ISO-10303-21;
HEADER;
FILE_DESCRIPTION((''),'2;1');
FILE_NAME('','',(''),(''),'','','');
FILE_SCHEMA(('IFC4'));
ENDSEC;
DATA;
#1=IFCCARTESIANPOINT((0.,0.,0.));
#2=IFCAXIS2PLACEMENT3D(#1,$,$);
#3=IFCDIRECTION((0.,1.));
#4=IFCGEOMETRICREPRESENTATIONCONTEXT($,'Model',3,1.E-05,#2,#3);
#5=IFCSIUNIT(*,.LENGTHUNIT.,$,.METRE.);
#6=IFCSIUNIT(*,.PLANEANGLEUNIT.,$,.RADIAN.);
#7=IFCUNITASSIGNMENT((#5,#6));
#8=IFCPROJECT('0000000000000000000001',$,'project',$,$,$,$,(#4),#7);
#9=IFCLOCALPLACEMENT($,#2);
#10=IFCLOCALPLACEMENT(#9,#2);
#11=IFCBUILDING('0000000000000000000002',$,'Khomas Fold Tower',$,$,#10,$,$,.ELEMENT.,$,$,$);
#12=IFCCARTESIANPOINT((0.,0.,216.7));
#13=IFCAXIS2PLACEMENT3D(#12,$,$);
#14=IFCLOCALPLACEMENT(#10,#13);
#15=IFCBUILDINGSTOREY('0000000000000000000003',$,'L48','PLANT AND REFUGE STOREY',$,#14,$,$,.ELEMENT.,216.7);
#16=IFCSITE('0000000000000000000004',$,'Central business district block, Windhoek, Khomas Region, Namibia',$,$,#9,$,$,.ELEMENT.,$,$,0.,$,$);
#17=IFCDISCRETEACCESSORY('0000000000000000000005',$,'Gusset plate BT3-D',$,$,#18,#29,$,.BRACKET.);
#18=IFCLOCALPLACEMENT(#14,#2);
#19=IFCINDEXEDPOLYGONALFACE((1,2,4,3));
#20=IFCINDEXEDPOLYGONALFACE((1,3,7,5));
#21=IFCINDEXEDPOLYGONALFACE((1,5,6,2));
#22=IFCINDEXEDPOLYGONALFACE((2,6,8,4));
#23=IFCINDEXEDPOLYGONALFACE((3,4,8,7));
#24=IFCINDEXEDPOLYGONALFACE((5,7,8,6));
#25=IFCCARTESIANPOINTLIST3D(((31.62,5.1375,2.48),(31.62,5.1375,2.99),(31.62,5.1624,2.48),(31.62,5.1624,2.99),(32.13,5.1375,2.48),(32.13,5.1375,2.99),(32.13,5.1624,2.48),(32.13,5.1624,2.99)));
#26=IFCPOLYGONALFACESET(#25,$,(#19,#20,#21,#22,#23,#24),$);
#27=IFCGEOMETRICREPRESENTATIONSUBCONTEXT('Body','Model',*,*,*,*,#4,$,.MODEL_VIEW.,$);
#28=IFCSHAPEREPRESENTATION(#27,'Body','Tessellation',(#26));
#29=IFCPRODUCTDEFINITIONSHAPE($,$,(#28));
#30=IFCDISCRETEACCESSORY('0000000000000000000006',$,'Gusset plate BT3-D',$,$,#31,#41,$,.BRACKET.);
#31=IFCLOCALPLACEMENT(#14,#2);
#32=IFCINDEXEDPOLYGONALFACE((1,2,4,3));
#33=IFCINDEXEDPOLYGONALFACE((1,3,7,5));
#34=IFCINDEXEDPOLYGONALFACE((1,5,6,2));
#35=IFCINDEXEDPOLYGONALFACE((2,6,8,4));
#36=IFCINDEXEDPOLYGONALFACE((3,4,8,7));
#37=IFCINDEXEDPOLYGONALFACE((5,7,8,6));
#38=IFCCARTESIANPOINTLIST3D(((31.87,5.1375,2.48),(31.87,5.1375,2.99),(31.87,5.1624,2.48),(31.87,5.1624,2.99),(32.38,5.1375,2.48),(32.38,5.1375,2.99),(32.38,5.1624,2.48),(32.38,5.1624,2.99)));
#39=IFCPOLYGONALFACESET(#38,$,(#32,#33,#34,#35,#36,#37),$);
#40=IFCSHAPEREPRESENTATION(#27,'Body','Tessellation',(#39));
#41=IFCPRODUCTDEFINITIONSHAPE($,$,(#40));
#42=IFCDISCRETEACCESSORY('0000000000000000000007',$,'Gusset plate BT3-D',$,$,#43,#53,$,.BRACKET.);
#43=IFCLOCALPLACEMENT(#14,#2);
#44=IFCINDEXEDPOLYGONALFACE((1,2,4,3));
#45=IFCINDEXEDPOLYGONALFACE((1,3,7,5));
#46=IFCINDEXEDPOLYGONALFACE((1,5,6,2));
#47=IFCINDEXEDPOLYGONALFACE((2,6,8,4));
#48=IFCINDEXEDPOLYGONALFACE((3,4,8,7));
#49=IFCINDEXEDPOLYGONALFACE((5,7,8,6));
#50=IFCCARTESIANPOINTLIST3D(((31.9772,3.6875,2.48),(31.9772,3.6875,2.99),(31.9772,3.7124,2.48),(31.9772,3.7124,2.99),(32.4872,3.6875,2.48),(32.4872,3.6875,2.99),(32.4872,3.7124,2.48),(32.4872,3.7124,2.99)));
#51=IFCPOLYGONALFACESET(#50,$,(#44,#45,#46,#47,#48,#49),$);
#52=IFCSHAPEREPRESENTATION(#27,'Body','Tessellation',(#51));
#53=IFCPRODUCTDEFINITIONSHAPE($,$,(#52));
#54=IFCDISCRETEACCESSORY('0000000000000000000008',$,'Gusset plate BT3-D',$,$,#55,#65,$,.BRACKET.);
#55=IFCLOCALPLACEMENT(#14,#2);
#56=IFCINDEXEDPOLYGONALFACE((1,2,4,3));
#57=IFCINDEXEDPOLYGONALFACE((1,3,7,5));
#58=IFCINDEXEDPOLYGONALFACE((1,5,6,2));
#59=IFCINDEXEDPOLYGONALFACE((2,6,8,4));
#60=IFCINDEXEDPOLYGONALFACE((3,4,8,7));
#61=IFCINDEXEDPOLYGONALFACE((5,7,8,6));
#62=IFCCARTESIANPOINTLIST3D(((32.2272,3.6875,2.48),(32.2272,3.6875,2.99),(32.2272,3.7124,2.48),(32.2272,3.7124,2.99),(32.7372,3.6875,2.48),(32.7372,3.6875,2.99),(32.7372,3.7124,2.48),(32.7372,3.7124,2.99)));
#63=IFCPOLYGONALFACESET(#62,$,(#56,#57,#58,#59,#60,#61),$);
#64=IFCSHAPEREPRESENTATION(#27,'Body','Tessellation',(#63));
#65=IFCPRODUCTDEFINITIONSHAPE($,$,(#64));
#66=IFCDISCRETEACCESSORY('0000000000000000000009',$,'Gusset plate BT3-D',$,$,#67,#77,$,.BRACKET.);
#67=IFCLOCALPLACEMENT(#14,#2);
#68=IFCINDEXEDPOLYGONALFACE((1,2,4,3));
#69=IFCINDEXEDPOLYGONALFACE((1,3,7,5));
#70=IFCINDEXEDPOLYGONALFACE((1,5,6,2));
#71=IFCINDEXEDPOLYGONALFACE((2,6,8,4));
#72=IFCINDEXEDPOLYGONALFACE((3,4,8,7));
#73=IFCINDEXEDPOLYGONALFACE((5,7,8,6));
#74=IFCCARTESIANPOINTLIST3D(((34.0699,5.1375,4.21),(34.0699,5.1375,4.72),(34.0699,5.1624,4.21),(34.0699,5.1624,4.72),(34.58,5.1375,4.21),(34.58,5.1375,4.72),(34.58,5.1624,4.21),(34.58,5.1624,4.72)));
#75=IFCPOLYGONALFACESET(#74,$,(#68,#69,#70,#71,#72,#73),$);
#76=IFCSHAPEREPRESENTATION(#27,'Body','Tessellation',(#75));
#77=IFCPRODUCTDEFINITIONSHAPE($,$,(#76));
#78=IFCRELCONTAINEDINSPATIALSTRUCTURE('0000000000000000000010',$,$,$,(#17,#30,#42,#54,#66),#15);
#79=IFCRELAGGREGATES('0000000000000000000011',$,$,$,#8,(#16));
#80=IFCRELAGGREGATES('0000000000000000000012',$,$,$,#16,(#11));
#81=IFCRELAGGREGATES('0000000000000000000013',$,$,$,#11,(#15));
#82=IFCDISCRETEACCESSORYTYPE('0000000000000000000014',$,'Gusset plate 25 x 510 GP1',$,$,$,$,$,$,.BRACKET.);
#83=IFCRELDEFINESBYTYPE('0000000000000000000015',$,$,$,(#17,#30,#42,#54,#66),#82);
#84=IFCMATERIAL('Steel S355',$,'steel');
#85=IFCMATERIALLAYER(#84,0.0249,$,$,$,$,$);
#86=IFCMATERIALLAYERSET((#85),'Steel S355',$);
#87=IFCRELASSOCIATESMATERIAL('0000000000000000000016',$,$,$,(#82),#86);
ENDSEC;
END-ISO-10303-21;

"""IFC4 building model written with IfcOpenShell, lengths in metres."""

from ifc_helpers import new_model, si_unit, direction, frame, origin, origin_2d, place, context, subcontext, project, spatial, rectangle, extrude, source, transform, mapped, material, layer, layer_set, type_object, element, save


model = new_model("IFC4")

# Units and contexts
model_context = context("Model", 3, precision=1e-05, world=origin(), true_north=direction((0.0, 1.0)))
body_context = subcontext(model_context, "Body", "Model", "MODEL_VIEW")
ifc_project = project(units=[si_unit("LENGTHUNIT", "METRE"), si_unit("PLANEANGLEUNIT", "RADIAN")], contexts=[model_context])

# Site, building, storey
site_placement = place(None, origin())
site = spatial("IfcSite", under=ifc_project, at=site_placement, Name="Central business district block, Windhoek, Khomas Region, Namibia", CompositionType="ELEMENT", RefElevation=0.0)
building_placement = place(site_placement, origin())
building = spatial("IfcBuilding", under=site, at=building_placement, Name="Khomas Fold Tower", CompositionType="ELEMENT")
storey_placement = place(building_placement, frame((0.0, 0.0, 216.7)))
storey = spatial("IfcBuildingStorey", under=building, at=storey_placement, Name="L48", Description="PLANT AND REFUGE STOREY", CompositionType="ELEMENT", Elevation=216.7)

# Discrete accessories
ifc_material_1 = material(Name="Steel S355", Category="steel")
ifc_layer_1 = layer(ifc_material_1, 0.0249)
ifc_layer_set_1 = layer_set([ifc_layer_1], Name="Steel S355")
discrete_accessory_type = type_object("IfcDiscreteAccessoryType", Name="Gusset plate 25 x 510 GP1", PredefinedType="BRACKET", material=ifc_layer_set_1)
shared_shape_1 = source(origin(), body_context, "Body", "SweptSolid", [
    extrude(rectangle(XDim=0.51, YDim=0.0249, at=origin_2d()), origin(), (0.0, 0.0, 1.0), 0.51),
])
for number, where, z_axis, x_axis, name in (
    (1, (31.875, 5.1499, 2.48), (0.0, 0.0, 1.0), (1.0, 0.0, 0.0), "Gusset plate BT3-D"),
    (2, (32.125, 5.1499, 2.48), (0.0, 0.0, 1.0), (1.0, 0.0, 0.0), "Gusset plate BT3-D"),
    (3, (32.2322, 3.7, 2.48), (0.0, 0.0, 1.0), (1.0, 0.0, 0.0), "Gusset plate BT3-D"),
    (4, (32.4822, 3.7, 2.48), (0.0, 0.0, 1.0), (1.0, 0.0, 0.0), "Gusset plate BT3-D"),
    (5, (34.325, 5.1499, 4.21), (0.0, 0.0, 1.0), (1.0, 0.0, 0.0), "Gusset plate BT3-D"),
):
    element("IfcDiscreteAccessory", number, at=place(storey_placement, frame(where, z_axis=z_axis, x_axis=x_axis)), inside=storey, type_object=discrete_accessory_type, Name=name, PredefinedType="BRACKET", context=body_context, shape_type="MappedRepresentation", body=[
        mapped(shared_shape_1, transform((0.0, 0.0, 0.0))),
    ])

save(model, "model.ifc")
